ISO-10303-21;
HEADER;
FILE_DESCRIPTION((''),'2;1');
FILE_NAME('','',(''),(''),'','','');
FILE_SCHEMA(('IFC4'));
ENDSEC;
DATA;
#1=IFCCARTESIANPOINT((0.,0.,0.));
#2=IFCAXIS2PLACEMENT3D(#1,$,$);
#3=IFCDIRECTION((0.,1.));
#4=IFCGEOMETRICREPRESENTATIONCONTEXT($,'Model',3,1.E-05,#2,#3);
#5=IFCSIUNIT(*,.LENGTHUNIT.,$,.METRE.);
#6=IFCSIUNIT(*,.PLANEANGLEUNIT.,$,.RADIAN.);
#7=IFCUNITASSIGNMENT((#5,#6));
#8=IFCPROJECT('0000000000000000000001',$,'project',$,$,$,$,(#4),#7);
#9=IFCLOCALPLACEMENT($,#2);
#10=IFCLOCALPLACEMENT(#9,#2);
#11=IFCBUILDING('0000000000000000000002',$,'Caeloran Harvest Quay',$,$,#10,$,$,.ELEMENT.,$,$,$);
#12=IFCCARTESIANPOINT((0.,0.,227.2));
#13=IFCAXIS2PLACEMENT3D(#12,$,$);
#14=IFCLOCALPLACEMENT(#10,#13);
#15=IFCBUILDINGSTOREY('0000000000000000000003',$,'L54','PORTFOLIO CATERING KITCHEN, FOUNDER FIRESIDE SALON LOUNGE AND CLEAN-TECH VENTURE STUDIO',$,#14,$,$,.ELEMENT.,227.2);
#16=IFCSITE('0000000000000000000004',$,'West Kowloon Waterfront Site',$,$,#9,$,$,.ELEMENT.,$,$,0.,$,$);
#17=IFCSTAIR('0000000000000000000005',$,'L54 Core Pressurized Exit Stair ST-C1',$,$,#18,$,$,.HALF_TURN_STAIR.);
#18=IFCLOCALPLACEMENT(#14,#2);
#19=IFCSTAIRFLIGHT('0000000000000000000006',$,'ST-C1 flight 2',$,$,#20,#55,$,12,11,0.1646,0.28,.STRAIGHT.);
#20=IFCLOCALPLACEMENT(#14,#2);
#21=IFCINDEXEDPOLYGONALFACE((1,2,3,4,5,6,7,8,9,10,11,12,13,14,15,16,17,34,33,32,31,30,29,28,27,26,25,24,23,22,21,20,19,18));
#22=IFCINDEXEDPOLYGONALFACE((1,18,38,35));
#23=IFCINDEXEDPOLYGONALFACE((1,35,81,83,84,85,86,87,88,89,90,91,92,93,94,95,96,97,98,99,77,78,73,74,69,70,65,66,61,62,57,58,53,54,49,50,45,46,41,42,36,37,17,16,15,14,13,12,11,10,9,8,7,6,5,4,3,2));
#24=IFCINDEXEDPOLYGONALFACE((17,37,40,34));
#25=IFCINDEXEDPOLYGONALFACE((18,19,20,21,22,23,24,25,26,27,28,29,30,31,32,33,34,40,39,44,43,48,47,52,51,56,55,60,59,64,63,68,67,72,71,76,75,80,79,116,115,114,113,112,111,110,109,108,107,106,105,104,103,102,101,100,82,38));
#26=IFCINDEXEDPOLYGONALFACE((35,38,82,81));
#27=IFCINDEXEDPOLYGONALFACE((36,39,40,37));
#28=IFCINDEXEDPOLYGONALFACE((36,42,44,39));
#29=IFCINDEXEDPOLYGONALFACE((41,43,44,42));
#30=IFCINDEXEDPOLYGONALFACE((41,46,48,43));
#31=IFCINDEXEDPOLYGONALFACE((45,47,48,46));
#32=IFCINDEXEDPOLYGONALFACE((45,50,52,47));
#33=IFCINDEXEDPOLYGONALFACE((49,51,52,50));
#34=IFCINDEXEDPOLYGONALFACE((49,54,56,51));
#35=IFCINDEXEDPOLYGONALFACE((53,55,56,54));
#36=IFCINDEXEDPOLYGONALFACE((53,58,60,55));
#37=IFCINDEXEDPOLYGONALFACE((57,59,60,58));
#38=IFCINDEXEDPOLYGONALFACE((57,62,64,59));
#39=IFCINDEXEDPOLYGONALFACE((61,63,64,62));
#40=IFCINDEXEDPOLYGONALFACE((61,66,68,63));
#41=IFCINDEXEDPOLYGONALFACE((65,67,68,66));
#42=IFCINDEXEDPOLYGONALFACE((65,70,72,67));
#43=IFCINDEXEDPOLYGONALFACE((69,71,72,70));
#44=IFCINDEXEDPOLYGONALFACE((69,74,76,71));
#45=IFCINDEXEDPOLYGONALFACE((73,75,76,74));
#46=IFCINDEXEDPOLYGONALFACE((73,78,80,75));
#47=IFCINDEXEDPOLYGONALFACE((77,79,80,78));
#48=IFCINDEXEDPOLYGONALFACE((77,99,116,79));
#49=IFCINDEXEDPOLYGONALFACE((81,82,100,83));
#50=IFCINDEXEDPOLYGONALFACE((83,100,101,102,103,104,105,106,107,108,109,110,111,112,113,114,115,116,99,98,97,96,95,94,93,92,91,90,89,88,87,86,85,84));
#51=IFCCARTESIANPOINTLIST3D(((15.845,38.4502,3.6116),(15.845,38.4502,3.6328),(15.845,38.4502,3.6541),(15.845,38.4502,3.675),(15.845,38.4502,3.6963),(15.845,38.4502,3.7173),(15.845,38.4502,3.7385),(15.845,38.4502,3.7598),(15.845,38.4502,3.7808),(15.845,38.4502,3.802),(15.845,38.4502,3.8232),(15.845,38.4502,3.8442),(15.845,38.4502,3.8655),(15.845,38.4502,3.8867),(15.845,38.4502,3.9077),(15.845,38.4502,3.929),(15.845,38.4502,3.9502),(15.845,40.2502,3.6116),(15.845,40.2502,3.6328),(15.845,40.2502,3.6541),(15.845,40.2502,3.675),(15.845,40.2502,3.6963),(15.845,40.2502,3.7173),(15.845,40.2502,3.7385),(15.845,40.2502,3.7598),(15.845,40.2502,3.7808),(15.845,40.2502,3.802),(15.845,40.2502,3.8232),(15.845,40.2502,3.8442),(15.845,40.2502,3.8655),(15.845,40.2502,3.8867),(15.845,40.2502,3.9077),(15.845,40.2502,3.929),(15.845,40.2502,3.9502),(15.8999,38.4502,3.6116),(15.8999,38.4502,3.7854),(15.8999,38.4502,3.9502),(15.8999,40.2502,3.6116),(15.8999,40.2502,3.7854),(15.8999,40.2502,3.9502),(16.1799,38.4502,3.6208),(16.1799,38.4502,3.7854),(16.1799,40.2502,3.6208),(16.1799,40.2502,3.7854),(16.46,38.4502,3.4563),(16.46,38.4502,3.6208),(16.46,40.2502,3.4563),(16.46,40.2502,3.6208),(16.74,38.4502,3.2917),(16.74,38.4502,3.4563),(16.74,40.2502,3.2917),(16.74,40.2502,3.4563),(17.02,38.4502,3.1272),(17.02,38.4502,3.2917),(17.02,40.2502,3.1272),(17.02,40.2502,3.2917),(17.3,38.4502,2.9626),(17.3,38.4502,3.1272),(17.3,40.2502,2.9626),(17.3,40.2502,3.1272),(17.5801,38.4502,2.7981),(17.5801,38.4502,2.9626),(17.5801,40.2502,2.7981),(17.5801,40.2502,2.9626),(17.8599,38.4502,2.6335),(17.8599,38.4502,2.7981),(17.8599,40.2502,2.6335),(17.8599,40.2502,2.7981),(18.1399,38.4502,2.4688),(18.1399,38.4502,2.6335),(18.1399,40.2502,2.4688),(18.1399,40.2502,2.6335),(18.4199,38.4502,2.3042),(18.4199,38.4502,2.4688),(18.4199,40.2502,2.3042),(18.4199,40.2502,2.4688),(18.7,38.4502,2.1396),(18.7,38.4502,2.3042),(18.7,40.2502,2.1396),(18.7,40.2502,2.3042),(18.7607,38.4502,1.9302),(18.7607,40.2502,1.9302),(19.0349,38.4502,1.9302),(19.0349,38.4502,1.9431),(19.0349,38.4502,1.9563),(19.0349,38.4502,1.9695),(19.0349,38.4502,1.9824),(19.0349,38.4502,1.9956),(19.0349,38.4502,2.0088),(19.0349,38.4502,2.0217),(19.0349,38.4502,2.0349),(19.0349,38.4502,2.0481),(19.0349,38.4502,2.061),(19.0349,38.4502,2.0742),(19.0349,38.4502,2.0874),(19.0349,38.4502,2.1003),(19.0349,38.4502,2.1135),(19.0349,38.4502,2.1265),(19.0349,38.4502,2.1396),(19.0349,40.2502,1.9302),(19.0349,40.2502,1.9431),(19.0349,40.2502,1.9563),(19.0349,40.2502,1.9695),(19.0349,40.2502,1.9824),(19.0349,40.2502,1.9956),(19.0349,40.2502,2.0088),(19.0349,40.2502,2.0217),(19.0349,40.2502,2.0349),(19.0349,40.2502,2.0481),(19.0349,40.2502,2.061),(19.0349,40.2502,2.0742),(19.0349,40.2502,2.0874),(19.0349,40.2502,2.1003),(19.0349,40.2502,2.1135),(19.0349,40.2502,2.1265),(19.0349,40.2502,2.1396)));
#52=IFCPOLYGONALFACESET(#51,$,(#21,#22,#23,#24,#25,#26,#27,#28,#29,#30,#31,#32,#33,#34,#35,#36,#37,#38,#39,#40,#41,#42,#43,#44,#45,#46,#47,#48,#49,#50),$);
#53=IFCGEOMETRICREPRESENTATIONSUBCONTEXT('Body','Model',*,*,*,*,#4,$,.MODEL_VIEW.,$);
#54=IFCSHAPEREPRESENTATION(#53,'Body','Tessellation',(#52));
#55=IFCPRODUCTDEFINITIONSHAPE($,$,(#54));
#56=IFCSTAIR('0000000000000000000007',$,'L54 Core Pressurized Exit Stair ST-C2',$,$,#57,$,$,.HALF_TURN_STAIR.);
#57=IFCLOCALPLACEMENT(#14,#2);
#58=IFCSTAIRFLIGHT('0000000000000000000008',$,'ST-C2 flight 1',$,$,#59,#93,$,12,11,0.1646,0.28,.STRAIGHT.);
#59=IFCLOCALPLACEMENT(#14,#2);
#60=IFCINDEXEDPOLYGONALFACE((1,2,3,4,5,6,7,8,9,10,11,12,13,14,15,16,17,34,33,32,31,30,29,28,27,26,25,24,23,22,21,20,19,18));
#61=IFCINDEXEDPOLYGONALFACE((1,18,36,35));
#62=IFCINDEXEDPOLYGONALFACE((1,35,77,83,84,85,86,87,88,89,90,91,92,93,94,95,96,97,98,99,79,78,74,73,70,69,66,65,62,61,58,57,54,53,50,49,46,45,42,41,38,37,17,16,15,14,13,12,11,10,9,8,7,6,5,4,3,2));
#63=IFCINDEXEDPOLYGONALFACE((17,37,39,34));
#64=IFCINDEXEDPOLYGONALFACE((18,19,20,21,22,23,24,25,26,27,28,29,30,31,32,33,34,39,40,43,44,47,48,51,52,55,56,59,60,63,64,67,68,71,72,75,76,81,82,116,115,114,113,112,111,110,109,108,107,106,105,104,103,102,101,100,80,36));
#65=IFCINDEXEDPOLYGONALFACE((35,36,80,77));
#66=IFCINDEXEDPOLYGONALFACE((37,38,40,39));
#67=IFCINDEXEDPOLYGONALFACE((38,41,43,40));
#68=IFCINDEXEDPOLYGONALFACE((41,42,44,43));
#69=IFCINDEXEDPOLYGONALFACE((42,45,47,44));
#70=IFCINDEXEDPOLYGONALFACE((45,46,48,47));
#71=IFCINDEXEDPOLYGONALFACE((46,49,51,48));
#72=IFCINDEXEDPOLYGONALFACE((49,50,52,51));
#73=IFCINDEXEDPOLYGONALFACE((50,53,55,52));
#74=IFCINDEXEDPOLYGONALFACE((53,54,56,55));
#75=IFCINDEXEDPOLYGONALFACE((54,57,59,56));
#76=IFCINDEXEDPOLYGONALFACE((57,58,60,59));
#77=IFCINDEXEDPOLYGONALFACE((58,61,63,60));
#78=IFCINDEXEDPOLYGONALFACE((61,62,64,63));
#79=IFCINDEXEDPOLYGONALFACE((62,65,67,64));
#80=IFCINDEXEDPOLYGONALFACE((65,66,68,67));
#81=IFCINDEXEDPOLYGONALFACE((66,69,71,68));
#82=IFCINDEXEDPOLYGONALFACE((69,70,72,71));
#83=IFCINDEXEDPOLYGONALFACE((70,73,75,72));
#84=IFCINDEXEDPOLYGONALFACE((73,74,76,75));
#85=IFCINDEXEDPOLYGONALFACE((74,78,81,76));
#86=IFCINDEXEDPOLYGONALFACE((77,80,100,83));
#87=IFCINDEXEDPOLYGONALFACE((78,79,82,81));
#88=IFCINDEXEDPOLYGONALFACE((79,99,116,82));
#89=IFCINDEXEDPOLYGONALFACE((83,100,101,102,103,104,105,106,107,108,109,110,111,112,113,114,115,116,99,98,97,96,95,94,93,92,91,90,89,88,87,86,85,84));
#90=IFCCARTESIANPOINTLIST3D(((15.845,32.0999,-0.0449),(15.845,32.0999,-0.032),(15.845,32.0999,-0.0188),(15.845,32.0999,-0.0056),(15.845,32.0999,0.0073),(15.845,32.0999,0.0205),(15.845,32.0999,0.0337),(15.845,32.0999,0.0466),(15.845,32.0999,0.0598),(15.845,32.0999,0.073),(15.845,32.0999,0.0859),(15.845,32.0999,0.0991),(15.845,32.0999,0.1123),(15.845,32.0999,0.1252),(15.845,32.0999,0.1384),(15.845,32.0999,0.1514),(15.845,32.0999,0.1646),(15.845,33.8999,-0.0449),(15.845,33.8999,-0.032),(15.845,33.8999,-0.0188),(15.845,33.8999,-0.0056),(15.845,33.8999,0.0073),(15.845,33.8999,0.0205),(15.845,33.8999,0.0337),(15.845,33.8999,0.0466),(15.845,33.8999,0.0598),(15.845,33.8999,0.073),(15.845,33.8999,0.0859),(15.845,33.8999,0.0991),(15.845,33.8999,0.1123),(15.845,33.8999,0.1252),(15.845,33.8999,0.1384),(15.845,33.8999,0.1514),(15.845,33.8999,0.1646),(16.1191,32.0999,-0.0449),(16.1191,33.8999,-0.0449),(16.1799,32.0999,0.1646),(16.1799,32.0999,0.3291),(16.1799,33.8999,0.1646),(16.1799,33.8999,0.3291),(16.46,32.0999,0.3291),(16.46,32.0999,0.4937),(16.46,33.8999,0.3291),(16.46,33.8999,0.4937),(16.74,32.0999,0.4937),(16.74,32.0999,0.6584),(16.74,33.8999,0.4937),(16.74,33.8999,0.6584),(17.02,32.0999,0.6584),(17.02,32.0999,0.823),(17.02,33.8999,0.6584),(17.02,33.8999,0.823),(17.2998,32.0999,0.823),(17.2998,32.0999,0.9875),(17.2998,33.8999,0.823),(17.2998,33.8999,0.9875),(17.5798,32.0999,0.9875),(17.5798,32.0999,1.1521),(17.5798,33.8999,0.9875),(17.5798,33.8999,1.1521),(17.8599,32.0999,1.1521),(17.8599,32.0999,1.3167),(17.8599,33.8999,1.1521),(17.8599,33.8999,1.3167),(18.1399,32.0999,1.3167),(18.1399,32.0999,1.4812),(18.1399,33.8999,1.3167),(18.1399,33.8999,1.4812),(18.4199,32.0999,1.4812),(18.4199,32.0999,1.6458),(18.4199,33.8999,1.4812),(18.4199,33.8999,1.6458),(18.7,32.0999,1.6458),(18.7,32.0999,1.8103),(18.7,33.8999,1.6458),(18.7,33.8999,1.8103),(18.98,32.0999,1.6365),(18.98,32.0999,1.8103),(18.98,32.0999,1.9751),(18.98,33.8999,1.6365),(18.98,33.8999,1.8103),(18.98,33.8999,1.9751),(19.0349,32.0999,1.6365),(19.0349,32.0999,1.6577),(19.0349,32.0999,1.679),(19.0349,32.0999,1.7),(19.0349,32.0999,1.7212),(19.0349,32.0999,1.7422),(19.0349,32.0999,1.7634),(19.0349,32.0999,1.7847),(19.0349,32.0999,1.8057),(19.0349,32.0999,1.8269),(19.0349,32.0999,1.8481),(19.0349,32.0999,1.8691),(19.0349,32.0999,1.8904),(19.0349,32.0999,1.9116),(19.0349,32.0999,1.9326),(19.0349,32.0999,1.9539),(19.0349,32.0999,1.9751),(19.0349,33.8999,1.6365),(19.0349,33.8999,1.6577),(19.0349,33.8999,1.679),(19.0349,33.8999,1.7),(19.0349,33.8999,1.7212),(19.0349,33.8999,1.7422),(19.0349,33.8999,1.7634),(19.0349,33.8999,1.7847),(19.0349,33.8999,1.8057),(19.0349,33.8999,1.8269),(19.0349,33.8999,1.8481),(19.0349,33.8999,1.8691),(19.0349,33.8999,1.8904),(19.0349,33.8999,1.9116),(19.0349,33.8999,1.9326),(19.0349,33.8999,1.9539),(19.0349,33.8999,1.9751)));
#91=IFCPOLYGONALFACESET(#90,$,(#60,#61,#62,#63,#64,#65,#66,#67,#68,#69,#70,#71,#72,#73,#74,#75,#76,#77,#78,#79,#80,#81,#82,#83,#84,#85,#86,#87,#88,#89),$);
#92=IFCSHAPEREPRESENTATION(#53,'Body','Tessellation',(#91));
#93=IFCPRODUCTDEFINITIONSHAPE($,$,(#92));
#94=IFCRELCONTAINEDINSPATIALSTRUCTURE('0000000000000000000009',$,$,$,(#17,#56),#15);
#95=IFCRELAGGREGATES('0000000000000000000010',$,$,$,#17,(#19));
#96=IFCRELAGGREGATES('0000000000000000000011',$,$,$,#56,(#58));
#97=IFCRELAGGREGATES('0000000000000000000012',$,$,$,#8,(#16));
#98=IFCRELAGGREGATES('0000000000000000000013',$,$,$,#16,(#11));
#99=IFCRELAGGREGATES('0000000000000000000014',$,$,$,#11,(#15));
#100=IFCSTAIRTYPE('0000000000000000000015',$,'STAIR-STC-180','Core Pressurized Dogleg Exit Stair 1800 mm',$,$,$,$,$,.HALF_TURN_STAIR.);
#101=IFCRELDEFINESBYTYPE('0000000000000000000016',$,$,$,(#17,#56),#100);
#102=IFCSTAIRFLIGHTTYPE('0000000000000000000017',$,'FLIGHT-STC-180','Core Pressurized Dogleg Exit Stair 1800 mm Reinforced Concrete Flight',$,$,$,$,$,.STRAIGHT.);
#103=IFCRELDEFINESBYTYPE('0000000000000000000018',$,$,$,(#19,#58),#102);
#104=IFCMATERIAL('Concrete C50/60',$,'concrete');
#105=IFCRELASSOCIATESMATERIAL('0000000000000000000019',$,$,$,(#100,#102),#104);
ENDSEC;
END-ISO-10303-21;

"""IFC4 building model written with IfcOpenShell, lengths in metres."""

from ifc_helpers import new_model, si_unit, direction, frame, origin, place, context, subcontext, project, spatial, polyline, outline, extrude, material, type_object, element, aggregate, save


model = new_model("IFC4")

# Units and contexts
model_context = context("Model", 3, precision=1e-05, world=origin(), true_north=direction((0.0, 1.0)))
body_context = subcontext(model_context, "Body", "Model", "MODEL_VIEW")
ifc_project = project(units=[si_unit("LENGTHUNIT", "METRE"), si_unit("PLANEANGLEUNIT", "RADIAN")], contexts=[model_context])

# Site, building, storey
site_placement = place(None, origin())
site = spatial("IfcSite", under=ifc_project, at=site_placement, Name="West Kowloon Waterfront Site", CompositionType="ELEMENT", RefElevation=0.0)
building_placement = place(site_placement, origin())
building = spatial("IfcBuilding", under=site, at=building_placement, Name="Caeloran Harvest Quay", CompositionType="ELEMENT")
storey_placement = place(building_placement, frame((0.0, 0.0, 227.2)))
storey = spatial("IfcBuildingStorey", under=building, at=storey_placement, Name="L54", Description="PORTFOLIO CATERING KITCHEN, FOUNDER FIRESIDE SALON LOUNGE AND CLEAN-TECH VENTURE STUDIO", CompositionType="ELEMENT", Elevation=227.2)

# Shared definitions
ifc_material_1 = material(Name="Concrete C50/60", Category="concrete")

# Stairs, stair flights
stair_type = type_object("IfcStairType", Name="STAIR-STC-180", Description="Core Pressurized Dogleg Exit Stair 1800 mm", PredefinedType="HALF_TURN_STAIR", material=ifc_material_1)
stair_1_placement = place(storey_placement, origin())
stair_1 = element("IfcStair", 1, at=stair_1_placement, inside=storey, type_object=stair_type, Name="L54 Core Pressurized Exit Stair ST-C1", PredefinedType="HALF_TURN_STAIR")
stair_flight_type = type_object("IfcStairFlightType", Name="FLIGHT-STC-180", Description="Core Pressurized Dogleg Exit Stair 1800 mm Reinforced Concrete Flight", PredefinedType="STRAIGHT", material=ifc_material_1)
stair_flight_1_placement = place(storey_placement, frame((18.98, 39.3501, 1.9751), z_axis=(0.0, 0.0, 1.0), x_axis=(-1.0, 0.0, 0.0)))
stair_flight_1 = element("IfcStairFlight", 2, at=stair_flight_1_placement, type_object=stair_flight_type, Name="ST-C1 flight 2", NumberOfRisers=12, NumberOfTreads=11, PredefinedType="STRAIGHT", RiserHeight=0.1646, TreadLength=0.28, context=body_context, shape_type="SweptSolid", body=[
    extrude(outline(polyline([(-0.0549, -0.0449), (-0.0549, -0.032), (-0.0549, -0.0188), (-0.0549, -0.0056), (-0.0549, 0.0073), (-0.0549, 0.0205), (-0.0549, 0.0337), (-0.0549, 0.0466), (-0.0549, 0.0598), (-0.0549, 0.073), (-0.0549, 0.0859), (-0.0549, 0.0991), (-0.0549, 0.1123), (-0.0549, 0.1252), (-0.0549, 0.1384), (-0.0549, 0.1514), (-0.0549, 0.1646), (0.28, 0.1646), (0.28, 0.3291), (0.5601, 0.3291), (0.5601, 0.4937), (0.8401, 0.4937), (0.8401, 0.6584), (1.1201, 0.6584), (1.1201, 0.823), (1.3999, 0.823), (1.3999, 0.9875), (1.6799, 0.9875), (1.6799, 1.1521), (1.96, 1.1521), (1.96, 1.3167), (2.24, 1.3167), (2.24, 1.4812), (2.52, 1.4812), (2.52, 1.6458), (2.8, 1.6458), (2.8, 1.8103), (3.0801, 1.8103), (3.0801, 1.9751), (3.135, 1.9751), (3.135, 1.9539), (3.135, 1.9326), (3.135, 1.9116), (3.135, 1.8904), (3.135, 1.8691), (3.135, 1.8481), (3.135, 1.8269), (3.135, 1.8057), (3.135, 1.7847), (3.135, 1.7634), (3.135, 1.7422), (3.135, 1.7212), (3.135, 1.7), (3.135, 1.679), (3.135, 1.6577), (3.135, 1.6365), (3.0801, 1.6365), (0.2192, -0.0449), (-0.0549, -0.0449)])), frame((0.0, 0.8999, 0.0), z_axis=(0.0, -1.0, 0.0), x_axis=(1.0, 0.0, 0.0)), (0.0, 0.0, 1.0), 1.8),
])
aggregate(stair_1, [stair_flight_1])
stair_2_placement = place(storey_placement, origin())
stair_2 = element("IfcStair", 3, at=stair_2_placement, inside=storey, type_object=stair_type, Name="L54 Core Pressurized Exit Stair ST-C2", PredefinedType="HALF_TURN_STAIR")
stair_flight_2_placement = place(storey_placement, frame((15.8999, 33.0, 0.0), z_axis=(0.0, 0.0, 1.0), x_axis=(1.0, 0.0, 0.0)))
stair_flight_2 = element("IfcStairFlight", 4, at=stair_flight_2_placement, type_object=stair_flight_type, Name="ST-C2 flight 1", NumberOfRisers=12, NumberOfTreads=11, PredefinedType="STRAIGHT", RiserHeight=0.1646, TreadLength=0.28, context=body_context, shape_type="SweptSolid", body=[
    extrude(outline(polyline([(-0.0549, -0.0449), (-0.0549, -0.032), (-0.0549, -0.0188), (-0.0549, -0.0056), (-0.0549, 0.0073), (-0.0549, 0.0205), (-0.0549, 0.0337), (-0.0549, 0.0466), (-0.0549, 0.0598), (-0.0549, 0.073), (-0.0549, 0.0859), (-0.0549, 0.0991), (-0.0549, 0.1123), (-0.0549, 0.1252), (-0.0549, 0.1384), (-0.0549, 0.1514), (-0.0549, 0.1646), (0.28, 0.1646), (0.28, 0.3291), (0.5601, 0.3291), (0.5601, 0.4937), (0.8401, 0.4937), (0.8401, 0.6584), (1.1201, 0.6584), (1.1201, 0.823), (1.3999, 0.823), (1.3999, 0.9875), (1.6799, 0.9875), (1.6799, 1.1521), (1.96, 1.1521), (1.96, 1.3167), (2.24, 1.3167), (2.24, 1.4812), (2.52, 1.4812), (2.52, 1.6458), (2.8, 1.6458), (2.8, 1.8103), (3.0801, 1.8103), (3.0801, 1.9751), (3.135, 1.9751), (3.135, 1.9539), (3.135, 1.9326), (3.135, 1.9116), (3.135, 1.8904), (3.135, 1.8691), (3.135, 1.8481), (3.135, 1.8269), (3.135, 1.8057), (3.135, 1.7847), (3.135, 1.7634), (3.135, 1.7422), (3.135, 1.7212), (3.135, 1.7), (3.135, 1.679), (3.135, 1.6577), (3.135, 1.6365), (3.0801, 1.6365), (0.2192, -0.0449), (-0.0549, -0.0449)])), frame((0.0, 0.8999, 0.0), z_axis=(0.0, -1.0, 0.0), x_axis=(1.0, 0.0, 0.0)), (0.0, 0.0, 1.0), 1.8),
])
aggregate(stair_2, [stair_flight_2])

save(model, "model.ifc")
